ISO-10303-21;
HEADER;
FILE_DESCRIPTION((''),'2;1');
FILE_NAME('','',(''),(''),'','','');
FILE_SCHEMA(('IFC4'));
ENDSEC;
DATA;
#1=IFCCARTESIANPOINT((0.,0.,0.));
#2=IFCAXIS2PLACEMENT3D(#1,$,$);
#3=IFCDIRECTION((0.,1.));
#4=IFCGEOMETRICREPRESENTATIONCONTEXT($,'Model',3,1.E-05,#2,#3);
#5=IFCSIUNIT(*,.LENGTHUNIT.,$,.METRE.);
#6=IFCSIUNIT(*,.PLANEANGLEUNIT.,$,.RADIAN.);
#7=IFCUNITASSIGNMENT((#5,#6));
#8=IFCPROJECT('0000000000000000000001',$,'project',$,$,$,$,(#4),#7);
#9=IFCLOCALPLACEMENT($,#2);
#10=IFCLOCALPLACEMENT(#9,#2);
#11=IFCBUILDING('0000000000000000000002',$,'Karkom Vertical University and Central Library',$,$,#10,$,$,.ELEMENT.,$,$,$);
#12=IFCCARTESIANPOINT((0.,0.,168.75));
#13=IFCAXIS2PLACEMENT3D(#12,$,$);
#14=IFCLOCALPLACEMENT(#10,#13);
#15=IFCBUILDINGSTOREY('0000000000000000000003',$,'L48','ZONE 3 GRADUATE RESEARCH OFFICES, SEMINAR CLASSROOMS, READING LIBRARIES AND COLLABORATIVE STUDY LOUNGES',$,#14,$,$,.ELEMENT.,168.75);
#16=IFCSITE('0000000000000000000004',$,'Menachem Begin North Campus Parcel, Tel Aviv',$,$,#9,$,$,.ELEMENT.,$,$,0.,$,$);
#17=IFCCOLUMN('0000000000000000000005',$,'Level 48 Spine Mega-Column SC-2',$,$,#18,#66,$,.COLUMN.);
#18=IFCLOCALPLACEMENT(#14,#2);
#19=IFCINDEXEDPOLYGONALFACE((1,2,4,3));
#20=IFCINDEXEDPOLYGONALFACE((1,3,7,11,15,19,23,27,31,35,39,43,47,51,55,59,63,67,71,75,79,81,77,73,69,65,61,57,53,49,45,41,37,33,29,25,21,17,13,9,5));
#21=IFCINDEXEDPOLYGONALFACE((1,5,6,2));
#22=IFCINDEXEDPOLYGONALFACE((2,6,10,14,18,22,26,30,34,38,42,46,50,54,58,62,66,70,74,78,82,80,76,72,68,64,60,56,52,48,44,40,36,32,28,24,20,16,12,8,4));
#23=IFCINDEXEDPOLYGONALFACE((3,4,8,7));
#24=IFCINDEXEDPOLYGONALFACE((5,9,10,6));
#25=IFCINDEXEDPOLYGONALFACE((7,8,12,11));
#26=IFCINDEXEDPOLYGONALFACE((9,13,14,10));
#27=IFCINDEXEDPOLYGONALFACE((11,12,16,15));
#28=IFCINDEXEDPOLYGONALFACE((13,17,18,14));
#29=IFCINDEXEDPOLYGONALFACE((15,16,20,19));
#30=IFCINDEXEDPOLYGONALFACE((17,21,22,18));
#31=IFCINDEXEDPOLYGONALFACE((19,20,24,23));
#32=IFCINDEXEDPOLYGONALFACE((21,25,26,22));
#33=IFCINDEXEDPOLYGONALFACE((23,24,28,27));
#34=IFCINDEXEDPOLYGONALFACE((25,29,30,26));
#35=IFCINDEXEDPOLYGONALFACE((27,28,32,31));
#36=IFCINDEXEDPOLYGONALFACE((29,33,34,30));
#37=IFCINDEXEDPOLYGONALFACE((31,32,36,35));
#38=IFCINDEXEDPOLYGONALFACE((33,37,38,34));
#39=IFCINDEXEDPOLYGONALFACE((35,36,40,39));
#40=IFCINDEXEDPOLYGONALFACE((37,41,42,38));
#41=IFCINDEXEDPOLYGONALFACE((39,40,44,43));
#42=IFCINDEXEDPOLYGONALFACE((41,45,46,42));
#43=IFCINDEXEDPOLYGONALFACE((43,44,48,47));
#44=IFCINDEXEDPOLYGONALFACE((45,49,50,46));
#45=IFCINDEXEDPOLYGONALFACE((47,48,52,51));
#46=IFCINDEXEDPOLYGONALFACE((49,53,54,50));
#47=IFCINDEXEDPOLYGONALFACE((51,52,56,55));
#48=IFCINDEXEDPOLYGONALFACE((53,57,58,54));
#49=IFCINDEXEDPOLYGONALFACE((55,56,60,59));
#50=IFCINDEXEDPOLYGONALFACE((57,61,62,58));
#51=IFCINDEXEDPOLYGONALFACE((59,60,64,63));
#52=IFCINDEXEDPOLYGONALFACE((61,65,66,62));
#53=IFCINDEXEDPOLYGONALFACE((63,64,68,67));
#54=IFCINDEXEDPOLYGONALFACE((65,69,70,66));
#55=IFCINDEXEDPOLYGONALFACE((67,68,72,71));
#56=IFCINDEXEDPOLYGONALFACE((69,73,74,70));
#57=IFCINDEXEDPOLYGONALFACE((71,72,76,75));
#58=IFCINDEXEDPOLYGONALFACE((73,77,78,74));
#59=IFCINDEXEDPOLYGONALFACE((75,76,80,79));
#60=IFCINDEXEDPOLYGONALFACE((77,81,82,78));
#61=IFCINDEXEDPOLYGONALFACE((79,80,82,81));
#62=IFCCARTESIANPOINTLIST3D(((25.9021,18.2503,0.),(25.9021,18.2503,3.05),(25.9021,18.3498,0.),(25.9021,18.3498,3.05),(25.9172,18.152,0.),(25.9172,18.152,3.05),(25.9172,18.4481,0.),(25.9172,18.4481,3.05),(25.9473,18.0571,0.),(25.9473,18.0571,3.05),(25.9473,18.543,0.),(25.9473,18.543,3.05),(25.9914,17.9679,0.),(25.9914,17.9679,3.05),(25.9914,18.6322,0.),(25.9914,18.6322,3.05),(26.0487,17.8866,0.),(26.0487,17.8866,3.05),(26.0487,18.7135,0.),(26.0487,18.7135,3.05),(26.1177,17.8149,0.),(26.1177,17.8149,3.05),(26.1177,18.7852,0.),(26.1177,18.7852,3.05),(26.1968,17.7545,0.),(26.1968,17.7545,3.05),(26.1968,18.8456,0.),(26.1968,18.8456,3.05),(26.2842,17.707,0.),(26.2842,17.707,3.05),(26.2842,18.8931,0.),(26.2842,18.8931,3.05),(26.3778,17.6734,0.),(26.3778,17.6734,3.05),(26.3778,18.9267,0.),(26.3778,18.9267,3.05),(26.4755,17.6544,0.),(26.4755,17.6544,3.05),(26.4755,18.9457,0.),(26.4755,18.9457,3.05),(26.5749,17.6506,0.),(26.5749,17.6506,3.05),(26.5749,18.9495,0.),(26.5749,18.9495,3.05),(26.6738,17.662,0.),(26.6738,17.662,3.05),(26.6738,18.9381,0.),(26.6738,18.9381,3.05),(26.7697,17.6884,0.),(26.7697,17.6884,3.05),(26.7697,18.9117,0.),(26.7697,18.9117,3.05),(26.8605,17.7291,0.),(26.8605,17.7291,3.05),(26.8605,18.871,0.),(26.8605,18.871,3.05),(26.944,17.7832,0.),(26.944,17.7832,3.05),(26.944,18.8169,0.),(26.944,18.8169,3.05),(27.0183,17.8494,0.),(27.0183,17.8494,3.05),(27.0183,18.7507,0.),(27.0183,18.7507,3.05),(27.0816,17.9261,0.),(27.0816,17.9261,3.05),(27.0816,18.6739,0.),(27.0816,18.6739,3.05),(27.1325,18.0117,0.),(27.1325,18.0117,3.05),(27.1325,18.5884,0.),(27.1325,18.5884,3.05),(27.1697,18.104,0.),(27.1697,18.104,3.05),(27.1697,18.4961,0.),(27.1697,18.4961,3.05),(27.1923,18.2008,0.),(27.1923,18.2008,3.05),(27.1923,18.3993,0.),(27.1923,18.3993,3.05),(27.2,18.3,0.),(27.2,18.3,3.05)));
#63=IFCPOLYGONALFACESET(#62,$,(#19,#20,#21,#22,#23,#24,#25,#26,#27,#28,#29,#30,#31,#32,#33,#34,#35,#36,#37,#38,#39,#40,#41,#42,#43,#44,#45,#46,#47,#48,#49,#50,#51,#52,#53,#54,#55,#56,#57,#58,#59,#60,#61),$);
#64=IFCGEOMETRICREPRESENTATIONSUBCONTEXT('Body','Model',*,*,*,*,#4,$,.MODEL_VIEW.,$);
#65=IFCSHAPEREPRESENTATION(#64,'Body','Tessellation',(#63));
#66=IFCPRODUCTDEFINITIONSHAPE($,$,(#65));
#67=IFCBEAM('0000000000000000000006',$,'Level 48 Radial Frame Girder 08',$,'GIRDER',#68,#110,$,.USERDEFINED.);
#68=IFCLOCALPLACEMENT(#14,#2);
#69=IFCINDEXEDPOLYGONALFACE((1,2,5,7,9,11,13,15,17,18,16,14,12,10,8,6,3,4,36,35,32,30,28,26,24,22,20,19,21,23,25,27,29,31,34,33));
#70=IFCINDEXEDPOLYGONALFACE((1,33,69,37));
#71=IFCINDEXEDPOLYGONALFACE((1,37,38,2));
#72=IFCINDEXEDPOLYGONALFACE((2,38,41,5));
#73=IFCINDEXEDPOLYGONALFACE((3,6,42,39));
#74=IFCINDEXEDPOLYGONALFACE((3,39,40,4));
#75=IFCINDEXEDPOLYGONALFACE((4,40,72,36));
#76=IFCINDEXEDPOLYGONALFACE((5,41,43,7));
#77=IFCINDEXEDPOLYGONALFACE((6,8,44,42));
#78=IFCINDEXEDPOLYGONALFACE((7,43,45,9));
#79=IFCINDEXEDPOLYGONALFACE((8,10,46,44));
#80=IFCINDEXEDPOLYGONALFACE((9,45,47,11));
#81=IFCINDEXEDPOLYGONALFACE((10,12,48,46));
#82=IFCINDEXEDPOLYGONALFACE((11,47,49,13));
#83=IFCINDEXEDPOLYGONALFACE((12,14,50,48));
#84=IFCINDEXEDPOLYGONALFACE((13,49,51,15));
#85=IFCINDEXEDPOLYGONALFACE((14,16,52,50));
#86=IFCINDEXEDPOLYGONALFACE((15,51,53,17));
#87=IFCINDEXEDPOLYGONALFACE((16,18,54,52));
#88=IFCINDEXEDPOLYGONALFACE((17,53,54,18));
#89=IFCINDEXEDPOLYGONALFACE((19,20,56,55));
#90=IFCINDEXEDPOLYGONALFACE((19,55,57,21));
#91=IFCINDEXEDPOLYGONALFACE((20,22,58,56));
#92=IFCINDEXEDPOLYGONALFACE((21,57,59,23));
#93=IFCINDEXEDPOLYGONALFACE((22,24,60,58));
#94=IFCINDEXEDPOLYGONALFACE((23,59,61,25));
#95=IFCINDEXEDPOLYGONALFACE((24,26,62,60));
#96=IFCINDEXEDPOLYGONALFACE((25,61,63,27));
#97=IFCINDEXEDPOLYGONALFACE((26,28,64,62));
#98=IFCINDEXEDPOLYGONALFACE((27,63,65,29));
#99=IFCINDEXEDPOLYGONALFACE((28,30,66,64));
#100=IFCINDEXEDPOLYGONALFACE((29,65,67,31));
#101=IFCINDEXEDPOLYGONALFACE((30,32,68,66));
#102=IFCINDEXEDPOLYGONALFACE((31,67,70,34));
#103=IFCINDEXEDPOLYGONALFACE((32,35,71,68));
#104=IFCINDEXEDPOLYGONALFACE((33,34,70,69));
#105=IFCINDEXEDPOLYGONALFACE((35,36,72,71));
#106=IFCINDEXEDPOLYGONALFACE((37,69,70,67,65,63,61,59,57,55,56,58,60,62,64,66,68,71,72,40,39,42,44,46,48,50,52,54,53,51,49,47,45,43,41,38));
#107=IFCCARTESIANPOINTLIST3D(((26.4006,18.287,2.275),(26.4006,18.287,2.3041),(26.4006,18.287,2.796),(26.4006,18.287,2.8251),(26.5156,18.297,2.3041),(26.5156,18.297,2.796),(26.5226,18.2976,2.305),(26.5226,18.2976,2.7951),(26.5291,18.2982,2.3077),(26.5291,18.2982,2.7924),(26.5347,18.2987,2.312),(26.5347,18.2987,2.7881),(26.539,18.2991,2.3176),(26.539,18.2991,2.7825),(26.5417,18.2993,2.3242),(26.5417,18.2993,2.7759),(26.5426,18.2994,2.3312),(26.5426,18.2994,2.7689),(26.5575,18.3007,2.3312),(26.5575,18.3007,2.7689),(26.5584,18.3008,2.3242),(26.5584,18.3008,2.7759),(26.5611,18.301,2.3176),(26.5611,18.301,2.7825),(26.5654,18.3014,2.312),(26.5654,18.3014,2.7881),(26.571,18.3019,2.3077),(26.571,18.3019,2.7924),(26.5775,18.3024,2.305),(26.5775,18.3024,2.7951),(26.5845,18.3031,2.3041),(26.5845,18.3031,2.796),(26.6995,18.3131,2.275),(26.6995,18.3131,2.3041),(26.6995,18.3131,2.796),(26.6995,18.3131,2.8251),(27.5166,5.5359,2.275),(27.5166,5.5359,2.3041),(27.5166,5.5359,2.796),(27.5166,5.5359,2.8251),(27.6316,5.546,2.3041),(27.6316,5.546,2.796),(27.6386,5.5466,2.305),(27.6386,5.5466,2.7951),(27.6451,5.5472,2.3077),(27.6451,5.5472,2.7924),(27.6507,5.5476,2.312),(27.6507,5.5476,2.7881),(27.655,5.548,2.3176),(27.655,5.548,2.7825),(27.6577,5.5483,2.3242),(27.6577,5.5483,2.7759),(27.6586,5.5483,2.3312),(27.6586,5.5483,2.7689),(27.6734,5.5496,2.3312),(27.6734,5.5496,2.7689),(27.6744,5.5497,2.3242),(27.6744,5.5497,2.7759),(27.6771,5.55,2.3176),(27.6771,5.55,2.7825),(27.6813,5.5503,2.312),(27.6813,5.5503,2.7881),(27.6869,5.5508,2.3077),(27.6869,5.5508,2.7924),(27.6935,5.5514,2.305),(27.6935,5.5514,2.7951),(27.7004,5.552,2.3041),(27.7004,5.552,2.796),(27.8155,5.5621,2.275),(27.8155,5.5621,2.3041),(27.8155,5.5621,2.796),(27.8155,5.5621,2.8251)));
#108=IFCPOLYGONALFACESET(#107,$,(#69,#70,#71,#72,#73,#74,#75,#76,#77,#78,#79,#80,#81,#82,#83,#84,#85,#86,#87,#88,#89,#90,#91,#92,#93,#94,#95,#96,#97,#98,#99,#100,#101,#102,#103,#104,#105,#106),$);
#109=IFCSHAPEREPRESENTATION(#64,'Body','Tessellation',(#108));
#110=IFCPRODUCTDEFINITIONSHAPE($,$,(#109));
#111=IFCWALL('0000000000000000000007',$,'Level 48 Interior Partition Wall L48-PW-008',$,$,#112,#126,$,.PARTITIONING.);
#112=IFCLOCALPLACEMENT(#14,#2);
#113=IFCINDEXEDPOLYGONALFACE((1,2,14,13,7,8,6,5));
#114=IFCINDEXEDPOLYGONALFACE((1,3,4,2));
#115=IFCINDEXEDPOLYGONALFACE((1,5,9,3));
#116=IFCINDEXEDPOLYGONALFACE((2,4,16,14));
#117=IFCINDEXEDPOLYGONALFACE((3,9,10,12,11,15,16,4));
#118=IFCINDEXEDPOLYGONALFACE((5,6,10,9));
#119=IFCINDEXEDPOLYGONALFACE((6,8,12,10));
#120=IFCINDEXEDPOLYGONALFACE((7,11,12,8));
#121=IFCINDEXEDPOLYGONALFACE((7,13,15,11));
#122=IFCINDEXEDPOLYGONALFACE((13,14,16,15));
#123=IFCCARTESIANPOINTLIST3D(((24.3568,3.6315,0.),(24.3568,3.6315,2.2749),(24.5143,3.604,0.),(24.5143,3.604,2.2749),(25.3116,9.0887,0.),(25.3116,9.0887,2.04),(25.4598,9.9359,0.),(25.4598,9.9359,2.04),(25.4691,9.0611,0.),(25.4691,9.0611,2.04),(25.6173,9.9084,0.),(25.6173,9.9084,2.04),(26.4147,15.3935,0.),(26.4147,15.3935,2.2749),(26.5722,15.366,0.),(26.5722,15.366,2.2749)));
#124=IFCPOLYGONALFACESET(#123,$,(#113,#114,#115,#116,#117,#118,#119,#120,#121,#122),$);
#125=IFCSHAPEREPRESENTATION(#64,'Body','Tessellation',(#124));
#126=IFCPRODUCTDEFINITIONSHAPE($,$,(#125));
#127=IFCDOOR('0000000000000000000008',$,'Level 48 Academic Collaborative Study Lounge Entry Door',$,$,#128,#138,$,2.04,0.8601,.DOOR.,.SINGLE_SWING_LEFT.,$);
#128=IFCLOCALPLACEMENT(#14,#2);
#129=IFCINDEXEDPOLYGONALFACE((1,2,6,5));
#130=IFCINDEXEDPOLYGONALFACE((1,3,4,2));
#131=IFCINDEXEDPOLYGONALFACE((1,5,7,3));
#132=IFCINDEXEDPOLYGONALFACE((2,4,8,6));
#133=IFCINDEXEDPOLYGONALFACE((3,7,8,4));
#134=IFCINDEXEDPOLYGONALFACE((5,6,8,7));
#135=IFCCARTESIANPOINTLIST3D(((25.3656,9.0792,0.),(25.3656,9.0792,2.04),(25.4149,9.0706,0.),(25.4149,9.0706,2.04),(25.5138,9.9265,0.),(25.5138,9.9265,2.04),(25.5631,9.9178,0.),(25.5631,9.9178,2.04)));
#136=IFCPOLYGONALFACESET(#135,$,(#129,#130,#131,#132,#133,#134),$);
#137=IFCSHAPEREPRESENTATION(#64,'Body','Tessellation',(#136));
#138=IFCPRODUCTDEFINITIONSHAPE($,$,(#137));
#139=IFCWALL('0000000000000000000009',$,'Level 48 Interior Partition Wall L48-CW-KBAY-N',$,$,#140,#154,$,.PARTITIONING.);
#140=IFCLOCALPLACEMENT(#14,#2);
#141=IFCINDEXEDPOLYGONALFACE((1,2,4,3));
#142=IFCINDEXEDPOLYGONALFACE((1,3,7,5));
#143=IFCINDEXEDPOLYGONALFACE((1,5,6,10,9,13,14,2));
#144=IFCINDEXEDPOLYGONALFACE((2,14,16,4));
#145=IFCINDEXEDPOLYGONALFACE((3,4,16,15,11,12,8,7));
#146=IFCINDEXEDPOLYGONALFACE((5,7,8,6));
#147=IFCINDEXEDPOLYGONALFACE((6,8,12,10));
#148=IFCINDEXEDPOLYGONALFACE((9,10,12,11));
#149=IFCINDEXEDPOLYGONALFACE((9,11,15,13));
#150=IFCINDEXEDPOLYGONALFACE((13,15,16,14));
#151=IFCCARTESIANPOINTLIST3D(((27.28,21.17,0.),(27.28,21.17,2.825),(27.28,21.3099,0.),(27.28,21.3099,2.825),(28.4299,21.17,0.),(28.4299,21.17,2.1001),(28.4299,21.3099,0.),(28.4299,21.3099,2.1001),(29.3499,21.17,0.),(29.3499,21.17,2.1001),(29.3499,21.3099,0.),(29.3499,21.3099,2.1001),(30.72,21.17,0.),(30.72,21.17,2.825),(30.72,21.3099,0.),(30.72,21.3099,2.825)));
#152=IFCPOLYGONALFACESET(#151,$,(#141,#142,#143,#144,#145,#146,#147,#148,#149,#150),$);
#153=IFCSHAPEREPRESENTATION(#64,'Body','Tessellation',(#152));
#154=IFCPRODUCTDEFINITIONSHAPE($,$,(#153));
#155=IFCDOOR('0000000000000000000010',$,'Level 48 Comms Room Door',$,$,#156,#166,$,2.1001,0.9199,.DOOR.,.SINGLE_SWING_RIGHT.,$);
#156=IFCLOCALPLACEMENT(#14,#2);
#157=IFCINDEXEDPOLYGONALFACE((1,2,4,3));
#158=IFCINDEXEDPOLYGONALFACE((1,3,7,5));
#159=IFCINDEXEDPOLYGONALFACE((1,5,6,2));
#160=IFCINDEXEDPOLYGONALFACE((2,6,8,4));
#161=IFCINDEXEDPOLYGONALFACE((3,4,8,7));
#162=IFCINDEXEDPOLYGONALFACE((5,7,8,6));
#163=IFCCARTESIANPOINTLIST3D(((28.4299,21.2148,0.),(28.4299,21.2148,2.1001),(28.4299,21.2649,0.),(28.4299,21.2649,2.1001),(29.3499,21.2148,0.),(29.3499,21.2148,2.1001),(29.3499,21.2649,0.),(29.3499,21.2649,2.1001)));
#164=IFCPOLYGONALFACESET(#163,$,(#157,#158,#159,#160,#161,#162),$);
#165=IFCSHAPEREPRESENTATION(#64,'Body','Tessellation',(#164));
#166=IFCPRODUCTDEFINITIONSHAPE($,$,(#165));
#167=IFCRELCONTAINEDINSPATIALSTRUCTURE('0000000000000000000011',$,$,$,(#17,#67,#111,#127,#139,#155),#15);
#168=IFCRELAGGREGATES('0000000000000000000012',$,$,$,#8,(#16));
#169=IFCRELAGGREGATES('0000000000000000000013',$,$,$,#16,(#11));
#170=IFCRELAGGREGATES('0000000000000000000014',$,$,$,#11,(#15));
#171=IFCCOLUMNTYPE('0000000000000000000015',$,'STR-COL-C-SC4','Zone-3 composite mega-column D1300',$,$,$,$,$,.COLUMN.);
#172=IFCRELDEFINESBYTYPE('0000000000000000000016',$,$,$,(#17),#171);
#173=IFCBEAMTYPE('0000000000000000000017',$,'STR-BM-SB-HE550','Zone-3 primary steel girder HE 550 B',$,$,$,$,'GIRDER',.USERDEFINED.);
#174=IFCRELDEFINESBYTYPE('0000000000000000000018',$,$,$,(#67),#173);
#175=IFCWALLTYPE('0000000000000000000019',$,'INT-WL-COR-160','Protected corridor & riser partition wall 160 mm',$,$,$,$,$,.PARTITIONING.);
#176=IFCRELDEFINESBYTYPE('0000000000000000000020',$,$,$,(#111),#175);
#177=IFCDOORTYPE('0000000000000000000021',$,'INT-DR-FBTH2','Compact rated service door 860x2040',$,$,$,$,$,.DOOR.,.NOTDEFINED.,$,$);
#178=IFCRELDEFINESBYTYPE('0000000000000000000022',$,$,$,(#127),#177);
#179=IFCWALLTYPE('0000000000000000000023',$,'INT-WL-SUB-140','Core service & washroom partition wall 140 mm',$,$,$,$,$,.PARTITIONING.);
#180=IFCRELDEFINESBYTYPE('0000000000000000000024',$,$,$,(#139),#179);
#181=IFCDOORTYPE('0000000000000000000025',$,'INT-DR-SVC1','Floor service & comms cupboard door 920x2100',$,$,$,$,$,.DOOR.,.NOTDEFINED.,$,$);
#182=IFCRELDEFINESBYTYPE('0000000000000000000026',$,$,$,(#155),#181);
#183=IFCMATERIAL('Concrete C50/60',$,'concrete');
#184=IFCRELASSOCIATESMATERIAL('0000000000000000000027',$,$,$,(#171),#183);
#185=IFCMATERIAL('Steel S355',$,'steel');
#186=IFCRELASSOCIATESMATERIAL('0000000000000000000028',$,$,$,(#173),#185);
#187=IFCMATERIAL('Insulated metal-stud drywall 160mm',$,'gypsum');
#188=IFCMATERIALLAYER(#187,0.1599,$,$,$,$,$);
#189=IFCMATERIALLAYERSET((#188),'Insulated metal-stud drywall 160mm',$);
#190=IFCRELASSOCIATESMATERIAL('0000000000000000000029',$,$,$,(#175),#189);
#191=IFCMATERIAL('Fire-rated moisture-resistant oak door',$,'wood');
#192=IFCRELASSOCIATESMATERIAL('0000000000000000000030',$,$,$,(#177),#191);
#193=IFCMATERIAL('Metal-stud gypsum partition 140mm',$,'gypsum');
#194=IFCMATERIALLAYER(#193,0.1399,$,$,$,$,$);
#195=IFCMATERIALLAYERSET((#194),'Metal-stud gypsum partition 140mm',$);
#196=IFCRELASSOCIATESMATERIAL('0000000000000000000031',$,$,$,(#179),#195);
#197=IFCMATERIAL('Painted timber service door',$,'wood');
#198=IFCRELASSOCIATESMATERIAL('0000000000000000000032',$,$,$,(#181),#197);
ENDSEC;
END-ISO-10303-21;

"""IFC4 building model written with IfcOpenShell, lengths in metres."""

from ifc_helpers import new_model, si_unit, direction, frame, frame_2d, origin, origin_with_axes, origin_2d, place, context, subcontext, project, spatial, rectangle, circle, i_section, extrude, source, transform, mapped, material, layer, layer_set, material_profile, profile_set, type_object, element, fill, save


model = new_model("IFC4")

# Units and contexts
model_context = context("Model", 3, precision=1e-05, world=origin(), true_north=direction((0.0, 1.0)))
body_context = subcontext(model_context, "Body", "Model", "MODEL_VIEW")
ifc_project = project(units=[si_unit("LENGTHUNIT", "METRE"), si_unit("PLANEANGLEUNIT", "RADIAN")], contexts=[model_context])

# Site, building, storey
site_placement = place(None, origin())
site = spatial("IfcSite", under=ifc_project, at=site_placement, Name="Menachem Begin North Campus Parcel, Tel Aviv", CompositionType="ELEMENT", RefElevation=0.0)
building_placement = place(site_placement, origin())
building = spatial("IfcBuilding", under=site, at=building_placement, Name="Karkom Vertical University and Central Library", CompositionType="ELEMENT")
storey_placement = place(building_placement, frame((0.0, 0.0, 168.75)))
storey = spatial("IfcBuildingStorey", under=building, at=storey_placement, Name="L48", Description="ZONE 3 GRADUATE RESEARCH OFFICES, SEMINAR CLASSROOMS, READING LIBRARIES AND COLLABORATIVE STUDY LOUNGES", CompositionType="ELEMENT", Elevation=168.75)

# Column
ifc_material_1 = material(Name="Concrete C50/60", Category="concrete")
ifc_material_profile_1 = material_profile(ifc_material_1, circle(Radius=0.6499, at=origin_2d()), Name="CFT-D1300")
ifc_profile_set_1 = profile_set([ifc_material_profile_1], Name="Concrete C50/60")
column_type = type_object("IfcColumnType", Name="STR-COL-C-SC4", Description="Zone-3 composite mega-column D1300", PredefinedType="COLUMN", material=ifc_profile_set_1)
shared_shape_1 = source(origin_with_axes(), body_context, "Body", "SweptSolid", [
    extrude(circle(Radius=0.6499, at=origin_2d()), origin(), (0.0, 0.0, 1.0), 3.05),
])
column_placement = place(storey_placement, frame((26.55, 18.3, 0.0), z_axis=(0.0, 0.0, 1.0), x_axis=(1.0, 0.0, 0.0)))
element("IfcColumn", 1, at=column_placement, inside=storey, type_object=column_type, Name="Level 48 Spine Mega-Column SC-2", PredefinedType="COLUMN", context=body_context, shape_type="MappedRepresentation", body=[
    mapped(shared_shape_1, transform((0.0, 0.0, 0.0), scale=1.0)),
])

# Beam
ifc_material_2 = material(Name="Steel S355", Category="steel")
ifc_material_profile_2 = material_profile(ifc_material_2, i_section(OverallWidth=0.3, OverallDepth=0.55, WebThickness=0.0149, FlangeThickness=0.0291, FilletRadius=0.0271, at=origin_2d()), Name="HE 550 B")
ifc_profile_set_2 = profile_set([ifc_material_profile_2], Name="Steel S355")
beam_type = type_object("IfcBeamType", Name="STR-BM-SB-HE550", Description="Zone-3 primary steel girder HE 550 B", ElementType="GIRDER", PredefinedType="USERDEFINED", material=ifc_profile_set_2)
shared_shape_2 = source(origin_with_axes(), body_context, "Body", "SweptSolid", [
    extrude(i_section(OverallWidth=0.3, OverallDepth=0.55, WebThickness=0.0149, FlangeThickness=0.0291, FilletRadius=0.0271, at=origin_2d()), origin(), (0.0, 0.0, 1.0), 12.7998),
])
beam_placement = place(storey_placement, frame((26.55, 18.3, 2.55), z_axis=(0.087187, -0.996192, 0.0), x_axis=(0.996192, 0.087187, 0.0)))
element("IfcBeam", 2, at=beam_placement, inside=storey, type_object=beam_type, Name="Level 48 Radial Frame Girder 08", ObjectType="GIRDER", PredefinedType="USERDEFINED", context=body_context, shape_type="MappedRepresentation", body=[
    mapped(shared_shape_2, transform((0.0, 0.0, 0.0), scale=1.0)),
])

# Walls, openings, doors
ifc_material_3 = material(Name="Insulated metal-stud drywall 160mm", Category="gypsum")
ifc_layer_1 = layer(ifc_material_3, 0.1599)
ifc_layer_set_1 = layer_set([ifc_layer_1], Name="Insulated metal-stud drywall 160mm")
wall_type_1 = type_object("IfcWallType", Name="INT-WL-COR-160", Description="Protected corridor & riser partition wall 160 mm", PredefinedType="PARTITIONING", material=ifc_layer_set_1)
wall_1_placement = place(storey_placement, frame((26.4934, 15.3796, 0.0), z_axis=(0.0, 0.0, 1.0), x_axis=(-0.172341, -0.985037, 0.0)))
wall_1 = element("IfcWall", 3, at=wall_1_placement, inside=storey, type_object=wall_type_1, Name="Level 48 Interior Partition Wall L48-PW-008", PredefinedType="PARTITIONING", context=body_context, shape_type="SweptSolid", body=[
    extrude(rectangle(XDim=11.9407, YDim=0.1599, at=frame_2d((5.9702, 0.0))), origin(), (0.0, 0.0, 1.0), 2.2749),
])
opening_1_placement = place(wall_1_placement, frame((5.5403, 0.0, 0.0)))
opening_1 = element("IfcOpeningElement", 4, at=opening_1_placement, cuts=wall_1, PredefinedType="OPENING", context=body_context, shape_type="SweptSolid", body=[
    extrude(rectangle(XDim=0.8601, YDim=2.04, at=frame_2d((0.4302, 1.02))), frame((0.0, 0.0898, 0.0), z_axis=(0.0, -1.0, 0.0), x_axis=(1.0, 0.0, 0.0)), (0.0, 0.0, 1.0), 0.1799),
])
ifc_material_4 = material(Name="Fire-rated moisture-resistant oak door", Category="wood")
door_type_1 = type_object("IfcDoorType", Name="INT-DR-FBTH2", Description="Compact rated service door 860x2040", OperationType="NOTDEFINED", PredefinedType="DOOR", material=ifc_material_4)
shared_shape_3 = source(origin_with_axes(), body_context, "Body", "SweptSolid", [
    extrude(rectangle(XDim=0.8601, YDim=2.04, at=frame_2d((0.4302, 1.02))), frame((0.0, 0.0249, 0.0), z_axis=(0.0, -1.0, 0.0), x_axis=(1.0, 0.0, 0.0)), (0.0, 0.0, 1.0), 0.05),
])
door_1_placement = place(opening_1_placement, origin())
door_1 = element("IfcDoor", 5, at=door_1_placement, inside=storey, type_object=door_type_1, Name="Level 48 Academic Collaborative Study Lounge Entry Door", OperationType="SINGLE_SWING_LEFT", OverallHeight=2.04, OverallWidth=0.8601, PredefinedType="DOOR", context=body_context, shape_type="MappedRepresentation", body=[
    mapped(shared_shape_3, transform((0.0, 0.0, 0.0), scale=1.0)),
])
fill(opening_1, door_1)
ifc_material_5 = material(Name="Metal-stud gypsum partition 140mm", Category="gypsum")
ifc_layer_2 = layer(ifc_material_5, 0.1399)
ifc_layer_set_2 = layer_set([ifc_layer_2], Name="Metal-stud gypsum partition 140mm")
wall_type_2 = type_object("IfcWallType", Name="INT-WL-SUB-140", Description="Core service & washroom partition wall 140 mm", PredefinedType="PARTITIONING", material=ifc_layer_set_2)
wall_2_placement = place(storey_placement, frame((27.28, 21.24, 0.0), z_axis=(0.0, 0.0, 1.0), x_axis=(1.0, 0.0, 0.0)))
wall_2 = element("IfcWall", 6, at=wall_2_placement, inside=storey, type_object=wall_type_2, Name="Level 48 Interior Partition Wall L48-CW-KBAY-N", PredefinedType="PARTITIONING", context=body_context, shape_type="SweptSolid", body=[
    extrude(rectangle(XDim=3.4399, YDim=0.1399, at=frame_2d((1.72, 0.0))), origin(), (0.0, 0.0, 1.0), 2.825),
])
opening_2_placement = place(wall_2_placement, frame((1.1499, 0.0, 0.0)))
opening_2 = element("IfcOpeningElement", 7, at=opening_2_placement, cuts=wall_2, PredefinedType="OPENING", context=body_context, shape_type="SweptSolid", body=[
    extrude(rectangle(XDim=0.9199, YDim=2.1001, at=frame_2d((0.46, 1.05))), frame((0.0, 0.0801, 0.0), z_axis=(0.0, -1.0, 0.0), x_axis=(1.0, 0.0, 0.0)), (0.0, 0.0, 1.0), 0.1599),
])
ifc_material_6 = material(Name="Painted timber service door", Category="wood")
door_type_2 = type_object("IfcDoorType", Name="INT-DR-SVC1", Description="Floor service & comms cupboard door 920x2100", OperationType="NOTDEFINED", PredefinedType="DOOR", material=ifc_material_6)
shared_shape_4 = source(origin_with_axes(), body_context, "Body", "SweptSolid", [
    extrude(rectangle(XDim=0.9199, YDim=2.1001, at=frame_2d((0.46, 1.05))), frame((0.0, 0.0249, 0.0), z_axis=(0.0, -1.0, 0.0), x_axis=(1.0, 0.0, 0.0)), (0.0, 0.0, 1.0), 0.05),
])
door_2_placement = place(opening_2_placement, origin())
door_2 = element("IfcDoor", 8, at=door_2_placement, inside=storey, type_object=door_type_2, Name="Level 48 Comms Room Door", OperationType="SINGLE_SWING_RIGHT", OverallHeight=2.1001, OverallWidth=0.9199, PredefinedType="DOOR", context=body_context, shape_type="MappedRepresentation", body=[
    mapped(shared_shape_4, transform((0.0, 0.0, 0.0), scale=1.0)),
])
fill(opening_2, door_2)

save(model, "model.ifc")
